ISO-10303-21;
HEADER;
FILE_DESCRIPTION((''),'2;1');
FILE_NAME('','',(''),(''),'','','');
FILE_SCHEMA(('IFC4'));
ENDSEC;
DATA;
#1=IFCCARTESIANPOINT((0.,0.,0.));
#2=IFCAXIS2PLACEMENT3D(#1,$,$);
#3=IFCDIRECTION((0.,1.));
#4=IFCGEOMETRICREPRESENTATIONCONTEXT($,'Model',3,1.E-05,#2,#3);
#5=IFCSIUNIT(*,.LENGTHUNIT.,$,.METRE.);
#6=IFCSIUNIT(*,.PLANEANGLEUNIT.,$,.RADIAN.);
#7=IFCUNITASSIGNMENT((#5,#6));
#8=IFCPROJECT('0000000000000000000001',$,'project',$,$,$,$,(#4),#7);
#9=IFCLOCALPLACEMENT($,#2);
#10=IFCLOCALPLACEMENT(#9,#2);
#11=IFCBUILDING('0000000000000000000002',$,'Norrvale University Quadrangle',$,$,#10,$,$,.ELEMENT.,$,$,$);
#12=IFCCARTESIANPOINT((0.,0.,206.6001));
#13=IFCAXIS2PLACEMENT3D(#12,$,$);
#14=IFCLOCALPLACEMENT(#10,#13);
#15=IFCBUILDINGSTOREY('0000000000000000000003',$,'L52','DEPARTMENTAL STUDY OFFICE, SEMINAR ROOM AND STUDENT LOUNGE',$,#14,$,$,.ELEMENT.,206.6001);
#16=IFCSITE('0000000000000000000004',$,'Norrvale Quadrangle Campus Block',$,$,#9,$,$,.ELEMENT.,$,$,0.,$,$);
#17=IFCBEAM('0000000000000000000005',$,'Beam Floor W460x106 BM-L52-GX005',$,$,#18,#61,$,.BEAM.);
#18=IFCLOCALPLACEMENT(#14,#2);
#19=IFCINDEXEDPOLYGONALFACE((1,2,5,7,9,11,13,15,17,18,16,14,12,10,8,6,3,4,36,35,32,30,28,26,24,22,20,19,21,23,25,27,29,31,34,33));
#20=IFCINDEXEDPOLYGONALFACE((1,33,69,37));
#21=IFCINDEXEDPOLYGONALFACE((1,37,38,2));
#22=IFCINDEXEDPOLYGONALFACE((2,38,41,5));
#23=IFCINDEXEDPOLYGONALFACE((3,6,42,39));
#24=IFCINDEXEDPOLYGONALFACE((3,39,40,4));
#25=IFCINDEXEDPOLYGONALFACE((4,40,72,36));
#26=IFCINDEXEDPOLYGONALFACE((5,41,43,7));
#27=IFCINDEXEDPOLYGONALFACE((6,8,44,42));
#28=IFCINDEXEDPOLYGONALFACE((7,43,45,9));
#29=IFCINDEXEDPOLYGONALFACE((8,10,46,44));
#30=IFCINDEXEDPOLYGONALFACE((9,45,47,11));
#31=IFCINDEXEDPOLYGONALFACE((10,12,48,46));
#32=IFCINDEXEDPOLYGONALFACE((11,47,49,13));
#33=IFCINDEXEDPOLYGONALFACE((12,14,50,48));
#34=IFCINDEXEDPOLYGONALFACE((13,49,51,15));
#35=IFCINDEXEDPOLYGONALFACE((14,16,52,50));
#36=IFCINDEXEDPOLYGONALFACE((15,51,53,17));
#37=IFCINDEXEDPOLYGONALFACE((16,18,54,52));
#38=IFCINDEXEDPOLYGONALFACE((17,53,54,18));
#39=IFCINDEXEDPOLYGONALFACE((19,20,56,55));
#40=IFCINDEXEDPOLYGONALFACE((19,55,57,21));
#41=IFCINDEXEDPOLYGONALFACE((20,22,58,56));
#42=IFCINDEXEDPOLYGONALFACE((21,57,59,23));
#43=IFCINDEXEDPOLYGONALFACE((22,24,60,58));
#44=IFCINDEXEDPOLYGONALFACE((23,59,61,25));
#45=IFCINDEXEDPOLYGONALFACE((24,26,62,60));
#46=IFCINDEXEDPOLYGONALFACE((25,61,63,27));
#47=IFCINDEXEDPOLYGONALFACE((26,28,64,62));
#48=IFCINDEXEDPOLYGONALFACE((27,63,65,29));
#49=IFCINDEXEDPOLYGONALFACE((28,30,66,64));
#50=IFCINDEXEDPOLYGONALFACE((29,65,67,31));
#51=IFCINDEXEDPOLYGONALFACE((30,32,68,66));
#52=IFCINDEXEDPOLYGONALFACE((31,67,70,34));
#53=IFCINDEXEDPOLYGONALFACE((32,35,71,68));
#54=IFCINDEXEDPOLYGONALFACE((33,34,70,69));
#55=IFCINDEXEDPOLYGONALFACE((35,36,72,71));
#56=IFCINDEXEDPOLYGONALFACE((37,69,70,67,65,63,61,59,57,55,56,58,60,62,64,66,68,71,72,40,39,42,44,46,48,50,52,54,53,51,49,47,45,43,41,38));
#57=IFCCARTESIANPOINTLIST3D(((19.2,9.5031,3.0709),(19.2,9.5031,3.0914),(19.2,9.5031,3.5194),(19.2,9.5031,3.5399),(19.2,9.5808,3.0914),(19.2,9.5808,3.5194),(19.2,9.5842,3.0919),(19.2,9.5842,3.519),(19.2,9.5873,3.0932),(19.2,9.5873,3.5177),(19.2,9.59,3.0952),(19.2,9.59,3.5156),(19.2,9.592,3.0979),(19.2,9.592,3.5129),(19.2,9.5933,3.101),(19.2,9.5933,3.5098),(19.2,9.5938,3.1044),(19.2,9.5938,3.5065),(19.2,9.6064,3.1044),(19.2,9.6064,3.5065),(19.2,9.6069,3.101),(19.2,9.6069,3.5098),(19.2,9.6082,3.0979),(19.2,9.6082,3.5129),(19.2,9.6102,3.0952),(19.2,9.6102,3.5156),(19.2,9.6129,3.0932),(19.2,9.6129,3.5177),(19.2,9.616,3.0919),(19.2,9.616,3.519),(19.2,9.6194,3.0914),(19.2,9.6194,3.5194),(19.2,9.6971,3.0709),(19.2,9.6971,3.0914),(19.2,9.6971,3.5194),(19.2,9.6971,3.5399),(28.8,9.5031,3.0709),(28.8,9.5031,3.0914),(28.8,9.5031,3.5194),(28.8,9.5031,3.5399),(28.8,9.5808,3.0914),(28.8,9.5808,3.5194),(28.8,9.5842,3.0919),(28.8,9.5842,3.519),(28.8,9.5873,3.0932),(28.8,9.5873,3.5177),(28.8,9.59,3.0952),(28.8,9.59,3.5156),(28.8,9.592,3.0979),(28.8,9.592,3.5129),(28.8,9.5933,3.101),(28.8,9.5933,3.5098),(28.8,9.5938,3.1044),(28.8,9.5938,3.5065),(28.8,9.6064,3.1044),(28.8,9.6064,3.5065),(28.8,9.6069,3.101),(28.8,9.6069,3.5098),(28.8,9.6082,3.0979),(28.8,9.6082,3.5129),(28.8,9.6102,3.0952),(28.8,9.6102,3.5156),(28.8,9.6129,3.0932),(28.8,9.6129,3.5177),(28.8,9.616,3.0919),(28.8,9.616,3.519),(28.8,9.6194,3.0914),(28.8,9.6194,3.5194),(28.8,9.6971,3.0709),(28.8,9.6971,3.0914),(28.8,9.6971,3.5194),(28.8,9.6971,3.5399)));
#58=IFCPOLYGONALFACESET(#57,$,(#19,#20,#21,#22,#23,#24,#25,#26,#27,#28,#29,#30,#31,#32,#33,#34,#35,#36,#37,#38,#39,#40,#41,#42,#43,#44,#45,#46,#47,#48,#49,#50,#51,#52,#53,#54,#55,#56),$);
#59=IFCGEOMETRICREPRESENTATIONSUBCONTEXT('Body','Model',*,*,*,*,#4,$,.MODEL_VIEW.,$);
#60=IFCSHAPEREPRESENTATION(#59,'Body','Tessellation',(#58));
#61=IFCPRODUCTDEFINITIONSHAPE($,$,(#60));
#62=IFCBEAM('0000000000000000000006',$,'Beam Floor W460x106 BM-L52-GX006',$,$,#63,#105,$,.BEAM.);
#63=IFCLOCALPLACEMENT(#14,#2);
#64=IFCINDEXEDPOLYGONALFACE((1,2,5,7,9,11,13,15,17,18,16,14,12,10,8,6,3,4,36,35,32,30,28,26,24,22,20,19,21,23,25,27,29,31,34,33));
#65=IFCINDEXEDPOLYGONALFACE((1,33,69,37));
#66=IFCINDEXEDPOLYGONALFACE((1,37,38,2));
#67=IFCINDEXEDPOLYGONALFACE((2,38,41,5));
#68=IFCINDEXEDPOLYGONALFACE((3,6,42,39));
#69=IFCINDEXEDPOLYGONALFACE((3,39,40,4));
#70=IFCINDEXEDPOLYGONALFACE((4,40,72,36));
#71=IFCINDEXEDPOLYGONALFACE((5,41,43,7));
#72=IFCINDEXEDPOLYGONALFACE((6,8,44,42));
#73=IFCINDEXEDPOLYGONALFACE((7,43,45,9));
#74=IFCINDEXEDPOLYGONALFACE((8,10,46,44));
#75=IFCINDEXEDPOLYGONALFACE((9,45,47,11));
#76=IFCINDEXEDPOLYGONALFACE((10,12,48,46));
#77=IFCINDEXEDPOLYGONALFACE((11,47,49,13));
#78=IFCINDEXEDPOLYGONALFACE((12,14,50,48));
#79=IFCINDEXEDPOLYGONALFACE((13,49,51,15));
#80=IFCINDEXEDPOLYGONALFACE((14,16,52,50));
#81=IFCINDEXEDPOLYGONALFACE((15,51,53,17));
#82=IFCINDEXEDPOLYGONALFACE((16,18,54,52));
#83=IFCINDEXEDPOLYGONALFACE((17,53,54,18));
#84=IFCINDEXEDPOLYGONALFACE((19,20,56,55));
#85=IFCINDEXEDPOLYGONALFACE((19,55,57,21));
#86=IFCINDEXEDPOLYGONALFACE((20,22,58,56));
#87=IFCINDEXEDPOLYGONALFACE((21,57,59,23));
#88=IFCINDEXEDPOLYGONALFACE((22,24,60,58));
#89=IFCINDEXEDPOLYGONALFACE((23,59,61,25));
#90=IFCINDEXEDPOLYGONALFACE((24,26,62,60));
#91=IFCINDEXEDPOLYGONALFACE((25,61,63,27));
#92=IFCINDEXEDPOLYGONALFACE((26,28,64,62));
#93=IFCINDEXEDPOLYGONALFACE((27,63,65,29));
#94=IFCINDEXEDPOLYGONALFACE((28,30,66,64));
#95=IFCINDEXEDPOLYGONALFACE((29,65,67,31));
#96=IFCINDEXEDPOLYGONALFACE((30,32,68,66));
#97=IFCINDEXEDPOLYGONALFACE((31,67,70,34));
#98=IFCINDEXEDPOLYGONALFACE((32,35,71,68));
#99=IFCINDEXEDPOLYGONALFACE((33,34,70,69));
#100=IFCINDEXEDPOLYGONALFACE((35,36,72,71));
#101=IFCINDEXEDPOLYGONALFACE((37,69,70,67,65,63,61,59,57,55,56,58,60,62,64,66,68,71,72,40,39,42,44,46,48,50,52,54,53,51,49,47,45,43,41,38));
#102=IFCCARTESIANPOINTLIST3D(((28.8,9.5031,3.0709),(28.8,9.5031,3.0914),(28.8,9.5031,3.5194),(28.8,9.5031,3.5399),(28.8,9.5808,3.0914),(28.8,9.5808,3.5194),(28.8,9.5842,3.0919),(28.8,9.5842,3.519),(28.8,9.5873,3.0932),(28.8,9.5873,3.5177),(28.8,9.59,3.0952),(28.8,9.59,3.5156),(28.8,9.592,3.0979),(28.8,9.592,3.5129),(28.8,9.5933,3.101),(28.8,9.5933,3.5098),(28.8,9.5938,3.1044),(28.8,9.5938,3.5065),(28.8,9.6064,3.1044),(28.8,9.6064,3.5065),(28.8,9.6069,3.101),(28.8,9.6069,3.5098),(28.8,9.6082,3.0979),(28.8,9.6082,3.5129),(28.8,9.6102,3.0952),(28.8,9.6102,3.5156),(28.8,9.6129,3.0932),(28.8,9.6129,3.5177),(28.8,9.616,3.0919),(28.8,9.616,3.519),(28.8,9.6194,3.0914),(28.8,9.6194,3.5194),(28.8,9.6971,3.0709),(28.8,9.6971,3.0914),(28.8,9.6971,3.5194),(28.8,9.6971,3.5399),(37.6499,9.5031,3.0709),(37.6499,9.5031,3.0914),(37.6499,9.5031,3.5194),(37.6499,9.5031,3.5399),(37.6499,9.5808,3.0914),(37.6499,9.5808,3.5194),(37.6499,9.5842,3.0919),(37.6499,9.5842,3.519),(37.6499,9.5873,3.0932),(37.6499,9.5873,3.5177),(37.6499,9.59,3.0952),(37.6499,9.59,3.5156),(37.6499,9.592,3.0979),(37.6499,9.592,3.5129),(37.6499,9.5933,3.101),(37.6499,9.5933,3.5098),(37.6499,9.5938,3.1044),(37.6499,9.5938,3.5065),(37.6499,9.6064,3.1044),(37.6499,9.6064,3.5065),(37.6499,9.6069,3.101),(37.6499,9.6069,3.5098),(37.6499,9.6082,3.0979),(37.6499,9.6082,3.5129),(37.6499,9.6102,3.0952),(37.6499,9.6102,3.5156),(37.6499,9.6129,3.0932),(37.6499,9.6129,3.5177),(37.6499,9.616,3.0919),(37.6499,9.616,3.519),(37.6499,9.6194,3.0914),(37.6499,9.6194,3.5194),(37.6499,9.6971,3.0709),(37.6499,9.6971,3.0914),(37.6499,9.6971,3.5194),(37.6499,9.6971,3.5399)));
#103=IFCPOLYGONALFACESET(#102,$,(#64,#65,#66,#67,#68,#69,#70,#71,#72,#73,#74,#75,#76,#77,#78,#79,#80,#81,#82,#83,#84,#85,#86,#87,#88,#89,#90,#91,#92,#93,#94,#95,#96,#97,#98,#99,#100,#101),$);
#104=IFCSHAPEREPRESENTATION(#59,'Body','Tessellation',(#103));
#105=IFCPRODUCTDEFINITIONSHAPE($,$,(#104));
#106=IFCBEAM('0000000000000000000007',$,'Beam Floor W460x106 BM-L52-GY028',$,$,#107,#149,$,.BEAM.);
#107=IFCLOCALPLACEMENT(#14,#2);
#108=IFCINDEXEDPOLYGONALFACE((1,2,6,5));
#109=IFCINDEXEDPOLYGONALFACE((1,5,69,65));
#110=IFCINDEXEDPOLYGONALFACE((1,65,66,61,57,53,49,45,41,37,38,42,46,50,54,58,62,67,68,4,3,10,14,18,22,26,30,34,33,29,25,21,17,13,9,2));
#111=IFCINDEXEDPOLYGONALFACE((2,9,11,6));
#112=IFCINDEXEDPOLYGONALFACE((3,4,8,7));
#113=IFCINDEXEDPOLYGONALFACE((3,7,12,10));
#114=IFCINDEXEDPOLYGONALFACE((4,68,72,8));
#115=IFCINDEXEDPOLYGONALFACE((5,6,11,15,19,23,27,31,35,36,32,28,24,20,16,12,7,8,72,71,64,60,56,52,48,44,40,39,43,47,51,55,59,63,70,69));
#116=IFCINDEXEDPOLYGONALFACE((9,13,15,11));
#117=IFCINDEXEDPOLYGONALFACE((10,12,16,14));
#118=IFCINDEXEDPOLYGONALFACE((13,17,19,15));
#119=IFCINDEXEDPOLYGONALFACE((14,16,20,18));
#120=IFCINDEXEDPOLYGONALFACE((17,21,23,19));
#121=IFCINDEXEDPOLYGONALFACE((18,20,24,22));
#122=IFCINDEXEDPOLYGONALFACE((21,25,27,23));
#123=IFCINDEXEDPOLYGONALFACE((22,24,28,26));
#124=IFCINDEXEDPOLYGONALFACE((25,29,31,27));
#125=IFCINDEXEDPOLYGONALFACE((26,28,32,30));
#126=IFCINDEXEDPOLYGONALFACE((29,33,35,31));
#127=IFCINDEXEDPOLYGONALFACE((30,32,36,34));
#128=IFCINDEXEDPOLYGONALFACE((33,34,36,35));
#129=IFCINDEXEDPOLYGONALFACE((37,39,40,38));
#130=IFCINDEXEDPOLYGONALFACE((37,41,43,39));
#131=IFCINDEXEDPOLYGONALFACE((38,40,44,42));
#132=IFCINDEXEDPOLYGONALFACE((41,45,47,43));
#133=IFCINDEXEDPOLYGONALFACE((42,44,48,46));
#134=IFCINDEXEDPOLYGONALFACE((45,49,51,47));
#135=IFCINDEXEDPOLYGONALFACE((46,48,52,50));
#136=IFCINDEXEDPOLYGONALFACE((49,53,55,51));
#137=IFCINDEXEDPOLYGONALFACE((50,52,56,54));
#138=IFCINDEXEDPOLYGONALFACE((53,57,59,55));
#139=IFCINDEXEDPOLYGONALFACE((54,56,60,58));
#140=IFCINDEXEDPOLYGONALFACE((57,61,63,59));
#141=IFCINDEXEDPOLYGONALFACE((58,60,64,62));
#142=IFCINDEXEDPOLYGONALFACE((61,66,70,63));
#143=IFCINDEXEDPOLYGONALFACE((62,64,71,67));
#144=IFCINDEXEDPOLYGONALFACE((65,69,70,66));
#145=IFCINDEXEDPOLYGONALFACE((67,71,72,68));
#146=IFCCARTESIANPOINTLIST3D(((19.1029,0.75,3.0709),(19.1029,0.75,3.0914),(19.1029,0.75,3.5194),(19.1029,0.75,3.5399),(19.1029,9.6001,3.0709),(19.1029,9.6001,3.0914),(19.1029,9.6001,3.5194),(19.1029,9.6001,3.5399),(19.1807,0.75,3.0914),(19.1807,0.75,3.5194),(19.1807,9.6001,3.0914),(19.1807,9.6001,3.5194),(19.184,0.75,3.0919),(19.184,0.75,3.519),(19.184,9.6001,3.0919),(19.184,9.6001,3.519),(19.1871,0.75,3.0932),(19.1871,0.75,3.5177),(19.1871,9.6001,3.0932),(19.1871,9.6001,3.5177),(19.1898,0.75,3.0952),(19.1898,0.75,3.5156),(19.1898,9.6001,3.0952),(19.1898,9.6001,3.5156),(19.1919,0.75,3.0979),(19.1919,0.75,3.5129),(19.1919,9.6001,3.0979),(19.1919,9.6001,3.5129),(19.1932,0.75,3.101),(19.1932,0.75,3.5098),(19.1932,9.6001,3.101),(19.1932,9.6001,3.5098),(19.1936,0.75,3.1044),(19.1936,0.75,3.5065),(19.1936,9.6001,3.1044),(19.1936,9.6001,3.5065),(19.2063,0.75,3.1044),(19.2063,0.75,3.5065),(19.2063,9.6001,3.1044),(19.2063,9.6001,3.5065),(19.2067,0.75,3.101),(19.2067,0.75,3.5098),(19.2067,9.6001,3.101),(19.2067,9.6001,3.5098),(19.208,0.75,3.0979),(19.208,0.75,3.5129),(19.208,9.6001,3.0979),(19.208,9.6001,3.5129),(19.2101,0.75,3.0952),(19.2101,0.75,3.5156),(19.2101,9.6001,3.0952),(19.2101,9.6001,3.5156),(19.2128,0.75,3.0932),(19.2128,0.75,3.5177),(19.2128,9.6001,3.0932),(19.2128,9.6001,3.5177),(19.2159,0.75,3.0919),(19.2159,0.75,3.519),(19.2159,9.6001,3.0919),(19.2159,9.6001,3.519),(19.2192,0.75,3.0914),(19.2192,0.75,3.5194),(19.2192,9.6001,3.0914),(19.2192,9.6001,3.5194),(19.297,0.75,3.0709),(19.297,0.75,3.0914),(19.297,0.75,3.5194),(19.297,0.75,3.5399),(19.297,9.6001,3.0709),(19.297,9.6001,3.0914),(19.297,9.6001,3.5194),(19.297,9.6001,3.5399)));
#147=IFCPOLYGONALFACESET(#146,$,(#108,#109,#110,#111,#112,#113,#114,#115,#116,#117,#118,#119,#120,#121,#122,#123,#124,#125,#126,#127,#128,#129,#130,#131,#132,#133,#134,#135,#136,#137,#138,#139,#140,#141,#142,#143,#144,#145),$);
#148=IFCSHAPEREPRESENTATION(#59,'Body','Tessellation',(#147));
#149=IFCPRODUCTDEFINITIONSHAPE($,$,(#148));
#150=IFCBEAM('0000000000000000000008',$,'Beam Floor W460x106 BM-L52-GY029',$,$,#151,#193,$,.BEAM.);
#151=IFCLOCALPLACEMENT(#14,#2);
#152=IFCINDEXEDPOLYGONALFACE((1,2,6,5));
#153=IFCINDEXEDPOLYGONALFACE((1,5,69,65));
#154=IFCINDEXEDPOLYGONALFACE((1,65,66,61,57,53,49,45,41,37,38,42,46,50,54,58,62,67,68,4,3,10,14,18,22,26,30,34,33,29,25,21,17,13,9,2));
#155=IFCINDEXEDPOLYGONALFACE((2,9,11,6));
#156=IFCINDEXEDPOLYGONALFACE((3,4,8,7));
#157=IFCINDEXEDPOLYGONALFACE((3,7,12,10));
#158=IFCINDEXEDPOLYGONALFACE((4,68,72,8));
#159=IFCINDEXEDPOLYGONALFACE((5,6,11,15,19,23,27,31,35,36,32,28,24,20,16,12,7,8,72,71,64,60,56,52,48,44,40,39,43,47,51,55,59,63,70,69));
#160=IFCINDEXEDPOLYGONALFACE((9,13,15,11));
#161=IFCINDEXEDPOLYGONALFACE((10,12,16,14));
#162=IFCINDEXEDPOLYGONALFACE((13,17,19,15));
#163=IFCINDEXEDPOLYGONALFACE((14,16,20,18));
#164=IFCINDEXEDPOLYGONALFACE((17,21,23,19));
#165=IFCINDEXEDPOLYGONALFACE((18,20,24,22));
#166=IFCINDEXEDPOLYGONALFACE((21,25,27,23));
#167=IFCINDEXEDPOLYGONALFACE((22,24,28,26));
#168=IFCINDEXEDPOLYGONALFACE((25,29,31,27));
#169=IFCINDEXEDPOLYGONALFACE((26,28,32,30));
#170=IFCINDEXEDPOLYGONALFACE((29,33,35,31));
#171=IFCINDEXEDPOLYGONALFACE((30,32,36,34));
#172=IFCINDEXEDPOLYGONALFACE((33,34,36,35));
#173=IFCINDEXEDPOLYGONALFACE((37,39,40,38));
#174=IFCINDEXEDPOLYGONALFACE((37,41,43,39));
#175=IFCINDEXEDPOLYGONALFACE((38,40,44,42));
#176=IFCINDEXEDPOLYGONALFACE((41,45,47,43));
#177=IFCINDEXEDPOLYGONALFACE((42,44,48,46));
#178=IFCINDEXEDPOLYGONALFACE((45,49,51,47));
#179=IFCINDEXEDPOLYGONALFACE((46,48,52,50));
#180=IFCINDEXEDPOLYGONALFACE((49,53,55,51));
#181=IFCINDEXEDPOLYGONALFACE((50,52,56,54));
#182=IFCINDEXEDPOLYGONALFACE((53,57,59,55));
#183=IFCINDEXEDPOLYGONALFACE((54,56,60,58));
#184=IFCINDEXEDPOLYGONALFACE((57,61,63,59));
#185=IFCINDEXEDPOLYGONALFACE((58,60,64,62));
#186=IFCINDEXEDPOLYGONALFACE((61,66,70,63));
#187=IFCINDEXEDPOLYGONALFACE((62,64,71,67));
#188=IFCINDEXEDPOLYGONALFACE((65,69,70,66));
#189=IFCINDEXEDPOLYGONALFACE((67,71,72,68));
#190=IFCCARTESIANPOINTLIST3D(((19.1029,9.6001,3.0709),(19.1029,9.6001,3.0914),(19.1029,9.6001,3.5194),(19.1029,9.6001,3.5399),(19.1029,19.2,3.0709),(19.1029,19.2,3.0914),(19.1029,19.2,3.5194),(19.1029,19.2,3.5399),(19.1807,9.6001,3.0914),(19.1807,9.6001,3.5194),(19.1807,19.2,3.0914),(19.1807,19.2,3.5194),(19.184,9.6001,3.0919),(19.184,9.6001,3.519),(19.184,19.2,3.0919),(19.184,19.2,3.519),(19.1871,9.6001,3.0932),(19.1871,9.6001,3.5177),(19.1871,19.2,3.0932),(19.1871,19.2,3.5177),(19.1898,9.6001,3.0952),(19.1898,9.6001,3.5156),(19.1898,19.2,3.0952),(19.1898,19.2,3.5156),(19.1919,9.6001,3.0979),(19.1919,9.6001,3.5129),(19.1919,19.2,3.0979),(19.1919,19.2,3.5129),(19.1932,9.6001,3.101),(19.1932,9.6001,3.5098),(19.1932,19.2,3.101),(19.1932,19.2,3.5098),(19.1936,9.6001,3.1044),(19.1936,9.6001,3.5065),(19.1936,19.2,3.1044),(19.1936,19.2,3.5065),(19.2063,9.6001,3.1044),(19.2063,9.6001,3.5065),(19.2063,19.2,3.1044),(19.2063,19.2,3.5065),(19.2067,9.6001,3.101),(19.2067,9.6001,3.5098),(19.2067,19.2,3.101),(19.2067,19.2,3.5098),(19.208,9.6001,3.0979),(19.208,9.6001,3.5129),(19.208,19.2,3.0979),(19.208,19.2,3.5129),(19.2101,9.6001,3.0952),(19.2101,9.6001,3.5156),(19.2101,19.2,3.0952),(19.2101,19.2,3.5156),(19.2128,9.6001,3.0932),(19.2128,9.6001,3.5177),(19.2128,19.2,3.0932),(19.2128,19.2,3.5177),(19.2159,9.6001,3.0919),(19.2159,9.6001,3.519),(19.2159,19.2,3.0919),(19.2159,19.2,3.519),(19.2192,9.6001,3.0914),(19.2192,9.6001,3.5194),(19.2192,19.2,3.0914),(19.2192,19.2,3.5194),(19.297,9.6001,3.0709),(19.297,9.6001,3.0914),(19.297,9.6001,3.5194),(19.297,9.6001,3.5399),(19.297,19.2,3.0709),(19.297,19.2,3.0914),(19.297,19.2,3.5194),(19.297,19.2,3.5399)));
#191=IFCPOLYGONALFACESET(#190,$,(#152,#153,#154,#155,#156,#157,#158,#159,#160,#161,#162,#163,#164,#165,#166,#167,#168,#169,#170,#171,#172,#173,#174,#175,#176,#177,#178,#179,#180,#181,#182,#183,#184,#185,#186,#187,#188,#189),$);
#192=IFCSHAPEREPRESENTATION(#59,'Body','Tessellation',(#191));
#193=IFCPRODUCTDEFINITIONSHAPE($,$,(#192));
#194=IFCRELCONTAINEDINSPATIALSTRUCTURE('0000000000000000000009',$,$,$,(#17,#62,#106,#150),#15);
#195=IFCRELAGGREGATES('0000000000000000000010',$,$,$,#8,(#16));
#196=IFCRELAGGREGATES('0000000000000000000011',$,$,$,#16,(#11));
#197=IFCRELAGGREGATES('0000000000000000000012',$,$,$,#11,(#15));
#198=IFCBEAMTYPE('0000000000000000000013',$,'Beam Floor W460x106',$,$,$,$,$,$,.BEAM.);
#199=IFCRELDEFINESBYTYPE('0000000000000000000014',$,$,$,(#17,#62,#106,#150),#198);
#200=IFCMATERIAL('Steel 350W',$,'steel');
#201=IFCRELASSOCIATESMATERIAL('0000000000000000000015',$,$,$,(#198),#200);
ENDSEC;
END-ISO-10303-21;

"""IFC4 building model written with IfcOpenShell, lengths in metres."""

from ifc_helpers import new_model, si_unit, direction, frame, origin, origin_2d, place, context, subcontext, project, spatial, i_section, extrude, material, material_profile, profile_set, type_object, element, save


model = new_model("IFC4")

# Units and contexts
model_context = context("Model", 3, precision=1e-05, world=origin(), true_north=direction((0.0, 1.0)))
body_context = subcontext(model_context, "Body", "Model", "MODEL_VIEW")
ifc_project = project(units=[si_unit("LENGTHUNIT", "METRE"), si_unit("PLANEANGLEUNIT", "RADIAN")], contexts=[model_context])

# Site, building, storey
site_placement = place(None, origin())
site = spatial("IfcSite", under=ifc_project, at=site_placement, Name="Norrvale Quadrangle Campus Block", CompositionType="ELEMENT", RefElevation=0.0)
building_placement = place(site_placement, origin())
building = spatial("IfcBuilding", under=site, at=building_placement, Name="Norrvale University Quadrangle", CompositionType="ELEMENT")
storey_placement = place(building_placement, frame((0.0, 0.0, 206.6001)))
storey = spatial("IfcBuildingStorey", under=building, at=storey_placement, Name="L52", Description="DEPARTMENTAL STUDY OFFICE, SEMINAR ROOM AND STUDENT LOUNGE", CompositionType="ELEMENT", Elevation=206.6001)

# Beams
ifc_material_1 = material(Name="Steel 350W", Category="steel")
ifc_material_profile_1 = material_profile(ifc_material_1, i_section(OverallWidth=0.1941, OverallDepth=0.469, WebThickness=0.0127, FlangeThickness=0.0205, FilletRadius=0.0129, at=origin_2d()), Name="Steel 350W")
ifc_profile_set_1 = profile_set([ifc_material_profile_1], Name="Steel 350W")
beam_type_1 = type_object("IfcBeamType", Name="Beam Floor W460x106", PredefinedType="BEAM", material=ifc_profile_set_1)
beam_1_placement = place(storey_placement, frame((19.2, 9.6001, 3.3054), z_axis=(1.0, 0.0, 0.0), x_axis=(0.0, 1.0, 0.0)))
element("IfcBeam", 1, at=beam_1_placement, inside=storey, type_object=beam_type_1, Name="Beam Floor W460x106 BM-L52-GX005", PredefinedType="BEAM", context=body_context, shape_type="SweptSolid", body=[
    extrude(i_section(OverallWidth=0.1941, OverallDepth=0.469, WebThickness=0.0127, FlangeThickness=0.0205, FilletRadius=0.0129, at=origin_2d()), origin(), (0.0, 0.0, 1.0), 9.6001),
])
beam_2_placement = place(storey_placement, frame((28.8, 9.6001, 3.3054), z_axis=(1.0, 0.0, 0.0), x_axis=(0.0, 1.0, 0.0)))
element("IfcBeam", 2, at=beam_2_placement, inside=storey, type_object=beam_type_1, Name="Beam Floor W460x106 BM-L52-GX006", PredefinedType="BEAM", context=body_context, shape_type="SweptSolid", body=[
    extrude(i_section(OverallWidth=0.1941, OverallDepth=0.469, WebThickness=0.0127, FlangeThickness=0.0205, FilletRadius=0.0129, at=origin_2d()), origin(), (0.0, 0.0, 1.0), 8.8499),
])
beam_3_placement = place(storey_placement, frame((19.2, 0.75, 3.3054), z_axis=(0.0, 1.0, 0.0), x_axis=(-1.0, 0.0, 0.0)))
element("IfcBeam", 3, at=beam_3_placement, inside=storey, type_object=beam_type_1, Name="Beam Floor W460x106 BM-L52-GY028", PredefinedType="BEAM", context=body_context, shape_type="SweptSolid", body=[
    extrude(i_section(OverallWidth=0.1941, OverallDepth=0.469, WebThickness=0.0127, FlangeThickness=0.0205, FilletRadius=0.0129, at=origin_2d()), origin(), (0.0, 0.0, 1.0), 8.8501),
])
beam_4_placement = place(storey_placement, frame((19.2, 9.6001, 3.3054), z_axis=(0.0, 1.0, 0.0), x_axis=(-1.0, 0.0, 0.0)))
element("IfcBeam", 4, at=beam_4_placement, inside=storey, type_object=beam_type_1, Name="Beam Floor W460x106 BM-L52-GY029", PredefinedType="BEAM", context=body_context, shape_type="SweptSolid", body=[
    extrude(i_section(OverallWidth=0.1941, OverallDepth=0.469, WebThickness=0.0127, FlangeThickness=0.0205, FilletRadius=0.0129, at=origin_2d()), origin(), (0.0, 0.0, 1.0), 9.5999),
])

save(model, "model.ifc")
